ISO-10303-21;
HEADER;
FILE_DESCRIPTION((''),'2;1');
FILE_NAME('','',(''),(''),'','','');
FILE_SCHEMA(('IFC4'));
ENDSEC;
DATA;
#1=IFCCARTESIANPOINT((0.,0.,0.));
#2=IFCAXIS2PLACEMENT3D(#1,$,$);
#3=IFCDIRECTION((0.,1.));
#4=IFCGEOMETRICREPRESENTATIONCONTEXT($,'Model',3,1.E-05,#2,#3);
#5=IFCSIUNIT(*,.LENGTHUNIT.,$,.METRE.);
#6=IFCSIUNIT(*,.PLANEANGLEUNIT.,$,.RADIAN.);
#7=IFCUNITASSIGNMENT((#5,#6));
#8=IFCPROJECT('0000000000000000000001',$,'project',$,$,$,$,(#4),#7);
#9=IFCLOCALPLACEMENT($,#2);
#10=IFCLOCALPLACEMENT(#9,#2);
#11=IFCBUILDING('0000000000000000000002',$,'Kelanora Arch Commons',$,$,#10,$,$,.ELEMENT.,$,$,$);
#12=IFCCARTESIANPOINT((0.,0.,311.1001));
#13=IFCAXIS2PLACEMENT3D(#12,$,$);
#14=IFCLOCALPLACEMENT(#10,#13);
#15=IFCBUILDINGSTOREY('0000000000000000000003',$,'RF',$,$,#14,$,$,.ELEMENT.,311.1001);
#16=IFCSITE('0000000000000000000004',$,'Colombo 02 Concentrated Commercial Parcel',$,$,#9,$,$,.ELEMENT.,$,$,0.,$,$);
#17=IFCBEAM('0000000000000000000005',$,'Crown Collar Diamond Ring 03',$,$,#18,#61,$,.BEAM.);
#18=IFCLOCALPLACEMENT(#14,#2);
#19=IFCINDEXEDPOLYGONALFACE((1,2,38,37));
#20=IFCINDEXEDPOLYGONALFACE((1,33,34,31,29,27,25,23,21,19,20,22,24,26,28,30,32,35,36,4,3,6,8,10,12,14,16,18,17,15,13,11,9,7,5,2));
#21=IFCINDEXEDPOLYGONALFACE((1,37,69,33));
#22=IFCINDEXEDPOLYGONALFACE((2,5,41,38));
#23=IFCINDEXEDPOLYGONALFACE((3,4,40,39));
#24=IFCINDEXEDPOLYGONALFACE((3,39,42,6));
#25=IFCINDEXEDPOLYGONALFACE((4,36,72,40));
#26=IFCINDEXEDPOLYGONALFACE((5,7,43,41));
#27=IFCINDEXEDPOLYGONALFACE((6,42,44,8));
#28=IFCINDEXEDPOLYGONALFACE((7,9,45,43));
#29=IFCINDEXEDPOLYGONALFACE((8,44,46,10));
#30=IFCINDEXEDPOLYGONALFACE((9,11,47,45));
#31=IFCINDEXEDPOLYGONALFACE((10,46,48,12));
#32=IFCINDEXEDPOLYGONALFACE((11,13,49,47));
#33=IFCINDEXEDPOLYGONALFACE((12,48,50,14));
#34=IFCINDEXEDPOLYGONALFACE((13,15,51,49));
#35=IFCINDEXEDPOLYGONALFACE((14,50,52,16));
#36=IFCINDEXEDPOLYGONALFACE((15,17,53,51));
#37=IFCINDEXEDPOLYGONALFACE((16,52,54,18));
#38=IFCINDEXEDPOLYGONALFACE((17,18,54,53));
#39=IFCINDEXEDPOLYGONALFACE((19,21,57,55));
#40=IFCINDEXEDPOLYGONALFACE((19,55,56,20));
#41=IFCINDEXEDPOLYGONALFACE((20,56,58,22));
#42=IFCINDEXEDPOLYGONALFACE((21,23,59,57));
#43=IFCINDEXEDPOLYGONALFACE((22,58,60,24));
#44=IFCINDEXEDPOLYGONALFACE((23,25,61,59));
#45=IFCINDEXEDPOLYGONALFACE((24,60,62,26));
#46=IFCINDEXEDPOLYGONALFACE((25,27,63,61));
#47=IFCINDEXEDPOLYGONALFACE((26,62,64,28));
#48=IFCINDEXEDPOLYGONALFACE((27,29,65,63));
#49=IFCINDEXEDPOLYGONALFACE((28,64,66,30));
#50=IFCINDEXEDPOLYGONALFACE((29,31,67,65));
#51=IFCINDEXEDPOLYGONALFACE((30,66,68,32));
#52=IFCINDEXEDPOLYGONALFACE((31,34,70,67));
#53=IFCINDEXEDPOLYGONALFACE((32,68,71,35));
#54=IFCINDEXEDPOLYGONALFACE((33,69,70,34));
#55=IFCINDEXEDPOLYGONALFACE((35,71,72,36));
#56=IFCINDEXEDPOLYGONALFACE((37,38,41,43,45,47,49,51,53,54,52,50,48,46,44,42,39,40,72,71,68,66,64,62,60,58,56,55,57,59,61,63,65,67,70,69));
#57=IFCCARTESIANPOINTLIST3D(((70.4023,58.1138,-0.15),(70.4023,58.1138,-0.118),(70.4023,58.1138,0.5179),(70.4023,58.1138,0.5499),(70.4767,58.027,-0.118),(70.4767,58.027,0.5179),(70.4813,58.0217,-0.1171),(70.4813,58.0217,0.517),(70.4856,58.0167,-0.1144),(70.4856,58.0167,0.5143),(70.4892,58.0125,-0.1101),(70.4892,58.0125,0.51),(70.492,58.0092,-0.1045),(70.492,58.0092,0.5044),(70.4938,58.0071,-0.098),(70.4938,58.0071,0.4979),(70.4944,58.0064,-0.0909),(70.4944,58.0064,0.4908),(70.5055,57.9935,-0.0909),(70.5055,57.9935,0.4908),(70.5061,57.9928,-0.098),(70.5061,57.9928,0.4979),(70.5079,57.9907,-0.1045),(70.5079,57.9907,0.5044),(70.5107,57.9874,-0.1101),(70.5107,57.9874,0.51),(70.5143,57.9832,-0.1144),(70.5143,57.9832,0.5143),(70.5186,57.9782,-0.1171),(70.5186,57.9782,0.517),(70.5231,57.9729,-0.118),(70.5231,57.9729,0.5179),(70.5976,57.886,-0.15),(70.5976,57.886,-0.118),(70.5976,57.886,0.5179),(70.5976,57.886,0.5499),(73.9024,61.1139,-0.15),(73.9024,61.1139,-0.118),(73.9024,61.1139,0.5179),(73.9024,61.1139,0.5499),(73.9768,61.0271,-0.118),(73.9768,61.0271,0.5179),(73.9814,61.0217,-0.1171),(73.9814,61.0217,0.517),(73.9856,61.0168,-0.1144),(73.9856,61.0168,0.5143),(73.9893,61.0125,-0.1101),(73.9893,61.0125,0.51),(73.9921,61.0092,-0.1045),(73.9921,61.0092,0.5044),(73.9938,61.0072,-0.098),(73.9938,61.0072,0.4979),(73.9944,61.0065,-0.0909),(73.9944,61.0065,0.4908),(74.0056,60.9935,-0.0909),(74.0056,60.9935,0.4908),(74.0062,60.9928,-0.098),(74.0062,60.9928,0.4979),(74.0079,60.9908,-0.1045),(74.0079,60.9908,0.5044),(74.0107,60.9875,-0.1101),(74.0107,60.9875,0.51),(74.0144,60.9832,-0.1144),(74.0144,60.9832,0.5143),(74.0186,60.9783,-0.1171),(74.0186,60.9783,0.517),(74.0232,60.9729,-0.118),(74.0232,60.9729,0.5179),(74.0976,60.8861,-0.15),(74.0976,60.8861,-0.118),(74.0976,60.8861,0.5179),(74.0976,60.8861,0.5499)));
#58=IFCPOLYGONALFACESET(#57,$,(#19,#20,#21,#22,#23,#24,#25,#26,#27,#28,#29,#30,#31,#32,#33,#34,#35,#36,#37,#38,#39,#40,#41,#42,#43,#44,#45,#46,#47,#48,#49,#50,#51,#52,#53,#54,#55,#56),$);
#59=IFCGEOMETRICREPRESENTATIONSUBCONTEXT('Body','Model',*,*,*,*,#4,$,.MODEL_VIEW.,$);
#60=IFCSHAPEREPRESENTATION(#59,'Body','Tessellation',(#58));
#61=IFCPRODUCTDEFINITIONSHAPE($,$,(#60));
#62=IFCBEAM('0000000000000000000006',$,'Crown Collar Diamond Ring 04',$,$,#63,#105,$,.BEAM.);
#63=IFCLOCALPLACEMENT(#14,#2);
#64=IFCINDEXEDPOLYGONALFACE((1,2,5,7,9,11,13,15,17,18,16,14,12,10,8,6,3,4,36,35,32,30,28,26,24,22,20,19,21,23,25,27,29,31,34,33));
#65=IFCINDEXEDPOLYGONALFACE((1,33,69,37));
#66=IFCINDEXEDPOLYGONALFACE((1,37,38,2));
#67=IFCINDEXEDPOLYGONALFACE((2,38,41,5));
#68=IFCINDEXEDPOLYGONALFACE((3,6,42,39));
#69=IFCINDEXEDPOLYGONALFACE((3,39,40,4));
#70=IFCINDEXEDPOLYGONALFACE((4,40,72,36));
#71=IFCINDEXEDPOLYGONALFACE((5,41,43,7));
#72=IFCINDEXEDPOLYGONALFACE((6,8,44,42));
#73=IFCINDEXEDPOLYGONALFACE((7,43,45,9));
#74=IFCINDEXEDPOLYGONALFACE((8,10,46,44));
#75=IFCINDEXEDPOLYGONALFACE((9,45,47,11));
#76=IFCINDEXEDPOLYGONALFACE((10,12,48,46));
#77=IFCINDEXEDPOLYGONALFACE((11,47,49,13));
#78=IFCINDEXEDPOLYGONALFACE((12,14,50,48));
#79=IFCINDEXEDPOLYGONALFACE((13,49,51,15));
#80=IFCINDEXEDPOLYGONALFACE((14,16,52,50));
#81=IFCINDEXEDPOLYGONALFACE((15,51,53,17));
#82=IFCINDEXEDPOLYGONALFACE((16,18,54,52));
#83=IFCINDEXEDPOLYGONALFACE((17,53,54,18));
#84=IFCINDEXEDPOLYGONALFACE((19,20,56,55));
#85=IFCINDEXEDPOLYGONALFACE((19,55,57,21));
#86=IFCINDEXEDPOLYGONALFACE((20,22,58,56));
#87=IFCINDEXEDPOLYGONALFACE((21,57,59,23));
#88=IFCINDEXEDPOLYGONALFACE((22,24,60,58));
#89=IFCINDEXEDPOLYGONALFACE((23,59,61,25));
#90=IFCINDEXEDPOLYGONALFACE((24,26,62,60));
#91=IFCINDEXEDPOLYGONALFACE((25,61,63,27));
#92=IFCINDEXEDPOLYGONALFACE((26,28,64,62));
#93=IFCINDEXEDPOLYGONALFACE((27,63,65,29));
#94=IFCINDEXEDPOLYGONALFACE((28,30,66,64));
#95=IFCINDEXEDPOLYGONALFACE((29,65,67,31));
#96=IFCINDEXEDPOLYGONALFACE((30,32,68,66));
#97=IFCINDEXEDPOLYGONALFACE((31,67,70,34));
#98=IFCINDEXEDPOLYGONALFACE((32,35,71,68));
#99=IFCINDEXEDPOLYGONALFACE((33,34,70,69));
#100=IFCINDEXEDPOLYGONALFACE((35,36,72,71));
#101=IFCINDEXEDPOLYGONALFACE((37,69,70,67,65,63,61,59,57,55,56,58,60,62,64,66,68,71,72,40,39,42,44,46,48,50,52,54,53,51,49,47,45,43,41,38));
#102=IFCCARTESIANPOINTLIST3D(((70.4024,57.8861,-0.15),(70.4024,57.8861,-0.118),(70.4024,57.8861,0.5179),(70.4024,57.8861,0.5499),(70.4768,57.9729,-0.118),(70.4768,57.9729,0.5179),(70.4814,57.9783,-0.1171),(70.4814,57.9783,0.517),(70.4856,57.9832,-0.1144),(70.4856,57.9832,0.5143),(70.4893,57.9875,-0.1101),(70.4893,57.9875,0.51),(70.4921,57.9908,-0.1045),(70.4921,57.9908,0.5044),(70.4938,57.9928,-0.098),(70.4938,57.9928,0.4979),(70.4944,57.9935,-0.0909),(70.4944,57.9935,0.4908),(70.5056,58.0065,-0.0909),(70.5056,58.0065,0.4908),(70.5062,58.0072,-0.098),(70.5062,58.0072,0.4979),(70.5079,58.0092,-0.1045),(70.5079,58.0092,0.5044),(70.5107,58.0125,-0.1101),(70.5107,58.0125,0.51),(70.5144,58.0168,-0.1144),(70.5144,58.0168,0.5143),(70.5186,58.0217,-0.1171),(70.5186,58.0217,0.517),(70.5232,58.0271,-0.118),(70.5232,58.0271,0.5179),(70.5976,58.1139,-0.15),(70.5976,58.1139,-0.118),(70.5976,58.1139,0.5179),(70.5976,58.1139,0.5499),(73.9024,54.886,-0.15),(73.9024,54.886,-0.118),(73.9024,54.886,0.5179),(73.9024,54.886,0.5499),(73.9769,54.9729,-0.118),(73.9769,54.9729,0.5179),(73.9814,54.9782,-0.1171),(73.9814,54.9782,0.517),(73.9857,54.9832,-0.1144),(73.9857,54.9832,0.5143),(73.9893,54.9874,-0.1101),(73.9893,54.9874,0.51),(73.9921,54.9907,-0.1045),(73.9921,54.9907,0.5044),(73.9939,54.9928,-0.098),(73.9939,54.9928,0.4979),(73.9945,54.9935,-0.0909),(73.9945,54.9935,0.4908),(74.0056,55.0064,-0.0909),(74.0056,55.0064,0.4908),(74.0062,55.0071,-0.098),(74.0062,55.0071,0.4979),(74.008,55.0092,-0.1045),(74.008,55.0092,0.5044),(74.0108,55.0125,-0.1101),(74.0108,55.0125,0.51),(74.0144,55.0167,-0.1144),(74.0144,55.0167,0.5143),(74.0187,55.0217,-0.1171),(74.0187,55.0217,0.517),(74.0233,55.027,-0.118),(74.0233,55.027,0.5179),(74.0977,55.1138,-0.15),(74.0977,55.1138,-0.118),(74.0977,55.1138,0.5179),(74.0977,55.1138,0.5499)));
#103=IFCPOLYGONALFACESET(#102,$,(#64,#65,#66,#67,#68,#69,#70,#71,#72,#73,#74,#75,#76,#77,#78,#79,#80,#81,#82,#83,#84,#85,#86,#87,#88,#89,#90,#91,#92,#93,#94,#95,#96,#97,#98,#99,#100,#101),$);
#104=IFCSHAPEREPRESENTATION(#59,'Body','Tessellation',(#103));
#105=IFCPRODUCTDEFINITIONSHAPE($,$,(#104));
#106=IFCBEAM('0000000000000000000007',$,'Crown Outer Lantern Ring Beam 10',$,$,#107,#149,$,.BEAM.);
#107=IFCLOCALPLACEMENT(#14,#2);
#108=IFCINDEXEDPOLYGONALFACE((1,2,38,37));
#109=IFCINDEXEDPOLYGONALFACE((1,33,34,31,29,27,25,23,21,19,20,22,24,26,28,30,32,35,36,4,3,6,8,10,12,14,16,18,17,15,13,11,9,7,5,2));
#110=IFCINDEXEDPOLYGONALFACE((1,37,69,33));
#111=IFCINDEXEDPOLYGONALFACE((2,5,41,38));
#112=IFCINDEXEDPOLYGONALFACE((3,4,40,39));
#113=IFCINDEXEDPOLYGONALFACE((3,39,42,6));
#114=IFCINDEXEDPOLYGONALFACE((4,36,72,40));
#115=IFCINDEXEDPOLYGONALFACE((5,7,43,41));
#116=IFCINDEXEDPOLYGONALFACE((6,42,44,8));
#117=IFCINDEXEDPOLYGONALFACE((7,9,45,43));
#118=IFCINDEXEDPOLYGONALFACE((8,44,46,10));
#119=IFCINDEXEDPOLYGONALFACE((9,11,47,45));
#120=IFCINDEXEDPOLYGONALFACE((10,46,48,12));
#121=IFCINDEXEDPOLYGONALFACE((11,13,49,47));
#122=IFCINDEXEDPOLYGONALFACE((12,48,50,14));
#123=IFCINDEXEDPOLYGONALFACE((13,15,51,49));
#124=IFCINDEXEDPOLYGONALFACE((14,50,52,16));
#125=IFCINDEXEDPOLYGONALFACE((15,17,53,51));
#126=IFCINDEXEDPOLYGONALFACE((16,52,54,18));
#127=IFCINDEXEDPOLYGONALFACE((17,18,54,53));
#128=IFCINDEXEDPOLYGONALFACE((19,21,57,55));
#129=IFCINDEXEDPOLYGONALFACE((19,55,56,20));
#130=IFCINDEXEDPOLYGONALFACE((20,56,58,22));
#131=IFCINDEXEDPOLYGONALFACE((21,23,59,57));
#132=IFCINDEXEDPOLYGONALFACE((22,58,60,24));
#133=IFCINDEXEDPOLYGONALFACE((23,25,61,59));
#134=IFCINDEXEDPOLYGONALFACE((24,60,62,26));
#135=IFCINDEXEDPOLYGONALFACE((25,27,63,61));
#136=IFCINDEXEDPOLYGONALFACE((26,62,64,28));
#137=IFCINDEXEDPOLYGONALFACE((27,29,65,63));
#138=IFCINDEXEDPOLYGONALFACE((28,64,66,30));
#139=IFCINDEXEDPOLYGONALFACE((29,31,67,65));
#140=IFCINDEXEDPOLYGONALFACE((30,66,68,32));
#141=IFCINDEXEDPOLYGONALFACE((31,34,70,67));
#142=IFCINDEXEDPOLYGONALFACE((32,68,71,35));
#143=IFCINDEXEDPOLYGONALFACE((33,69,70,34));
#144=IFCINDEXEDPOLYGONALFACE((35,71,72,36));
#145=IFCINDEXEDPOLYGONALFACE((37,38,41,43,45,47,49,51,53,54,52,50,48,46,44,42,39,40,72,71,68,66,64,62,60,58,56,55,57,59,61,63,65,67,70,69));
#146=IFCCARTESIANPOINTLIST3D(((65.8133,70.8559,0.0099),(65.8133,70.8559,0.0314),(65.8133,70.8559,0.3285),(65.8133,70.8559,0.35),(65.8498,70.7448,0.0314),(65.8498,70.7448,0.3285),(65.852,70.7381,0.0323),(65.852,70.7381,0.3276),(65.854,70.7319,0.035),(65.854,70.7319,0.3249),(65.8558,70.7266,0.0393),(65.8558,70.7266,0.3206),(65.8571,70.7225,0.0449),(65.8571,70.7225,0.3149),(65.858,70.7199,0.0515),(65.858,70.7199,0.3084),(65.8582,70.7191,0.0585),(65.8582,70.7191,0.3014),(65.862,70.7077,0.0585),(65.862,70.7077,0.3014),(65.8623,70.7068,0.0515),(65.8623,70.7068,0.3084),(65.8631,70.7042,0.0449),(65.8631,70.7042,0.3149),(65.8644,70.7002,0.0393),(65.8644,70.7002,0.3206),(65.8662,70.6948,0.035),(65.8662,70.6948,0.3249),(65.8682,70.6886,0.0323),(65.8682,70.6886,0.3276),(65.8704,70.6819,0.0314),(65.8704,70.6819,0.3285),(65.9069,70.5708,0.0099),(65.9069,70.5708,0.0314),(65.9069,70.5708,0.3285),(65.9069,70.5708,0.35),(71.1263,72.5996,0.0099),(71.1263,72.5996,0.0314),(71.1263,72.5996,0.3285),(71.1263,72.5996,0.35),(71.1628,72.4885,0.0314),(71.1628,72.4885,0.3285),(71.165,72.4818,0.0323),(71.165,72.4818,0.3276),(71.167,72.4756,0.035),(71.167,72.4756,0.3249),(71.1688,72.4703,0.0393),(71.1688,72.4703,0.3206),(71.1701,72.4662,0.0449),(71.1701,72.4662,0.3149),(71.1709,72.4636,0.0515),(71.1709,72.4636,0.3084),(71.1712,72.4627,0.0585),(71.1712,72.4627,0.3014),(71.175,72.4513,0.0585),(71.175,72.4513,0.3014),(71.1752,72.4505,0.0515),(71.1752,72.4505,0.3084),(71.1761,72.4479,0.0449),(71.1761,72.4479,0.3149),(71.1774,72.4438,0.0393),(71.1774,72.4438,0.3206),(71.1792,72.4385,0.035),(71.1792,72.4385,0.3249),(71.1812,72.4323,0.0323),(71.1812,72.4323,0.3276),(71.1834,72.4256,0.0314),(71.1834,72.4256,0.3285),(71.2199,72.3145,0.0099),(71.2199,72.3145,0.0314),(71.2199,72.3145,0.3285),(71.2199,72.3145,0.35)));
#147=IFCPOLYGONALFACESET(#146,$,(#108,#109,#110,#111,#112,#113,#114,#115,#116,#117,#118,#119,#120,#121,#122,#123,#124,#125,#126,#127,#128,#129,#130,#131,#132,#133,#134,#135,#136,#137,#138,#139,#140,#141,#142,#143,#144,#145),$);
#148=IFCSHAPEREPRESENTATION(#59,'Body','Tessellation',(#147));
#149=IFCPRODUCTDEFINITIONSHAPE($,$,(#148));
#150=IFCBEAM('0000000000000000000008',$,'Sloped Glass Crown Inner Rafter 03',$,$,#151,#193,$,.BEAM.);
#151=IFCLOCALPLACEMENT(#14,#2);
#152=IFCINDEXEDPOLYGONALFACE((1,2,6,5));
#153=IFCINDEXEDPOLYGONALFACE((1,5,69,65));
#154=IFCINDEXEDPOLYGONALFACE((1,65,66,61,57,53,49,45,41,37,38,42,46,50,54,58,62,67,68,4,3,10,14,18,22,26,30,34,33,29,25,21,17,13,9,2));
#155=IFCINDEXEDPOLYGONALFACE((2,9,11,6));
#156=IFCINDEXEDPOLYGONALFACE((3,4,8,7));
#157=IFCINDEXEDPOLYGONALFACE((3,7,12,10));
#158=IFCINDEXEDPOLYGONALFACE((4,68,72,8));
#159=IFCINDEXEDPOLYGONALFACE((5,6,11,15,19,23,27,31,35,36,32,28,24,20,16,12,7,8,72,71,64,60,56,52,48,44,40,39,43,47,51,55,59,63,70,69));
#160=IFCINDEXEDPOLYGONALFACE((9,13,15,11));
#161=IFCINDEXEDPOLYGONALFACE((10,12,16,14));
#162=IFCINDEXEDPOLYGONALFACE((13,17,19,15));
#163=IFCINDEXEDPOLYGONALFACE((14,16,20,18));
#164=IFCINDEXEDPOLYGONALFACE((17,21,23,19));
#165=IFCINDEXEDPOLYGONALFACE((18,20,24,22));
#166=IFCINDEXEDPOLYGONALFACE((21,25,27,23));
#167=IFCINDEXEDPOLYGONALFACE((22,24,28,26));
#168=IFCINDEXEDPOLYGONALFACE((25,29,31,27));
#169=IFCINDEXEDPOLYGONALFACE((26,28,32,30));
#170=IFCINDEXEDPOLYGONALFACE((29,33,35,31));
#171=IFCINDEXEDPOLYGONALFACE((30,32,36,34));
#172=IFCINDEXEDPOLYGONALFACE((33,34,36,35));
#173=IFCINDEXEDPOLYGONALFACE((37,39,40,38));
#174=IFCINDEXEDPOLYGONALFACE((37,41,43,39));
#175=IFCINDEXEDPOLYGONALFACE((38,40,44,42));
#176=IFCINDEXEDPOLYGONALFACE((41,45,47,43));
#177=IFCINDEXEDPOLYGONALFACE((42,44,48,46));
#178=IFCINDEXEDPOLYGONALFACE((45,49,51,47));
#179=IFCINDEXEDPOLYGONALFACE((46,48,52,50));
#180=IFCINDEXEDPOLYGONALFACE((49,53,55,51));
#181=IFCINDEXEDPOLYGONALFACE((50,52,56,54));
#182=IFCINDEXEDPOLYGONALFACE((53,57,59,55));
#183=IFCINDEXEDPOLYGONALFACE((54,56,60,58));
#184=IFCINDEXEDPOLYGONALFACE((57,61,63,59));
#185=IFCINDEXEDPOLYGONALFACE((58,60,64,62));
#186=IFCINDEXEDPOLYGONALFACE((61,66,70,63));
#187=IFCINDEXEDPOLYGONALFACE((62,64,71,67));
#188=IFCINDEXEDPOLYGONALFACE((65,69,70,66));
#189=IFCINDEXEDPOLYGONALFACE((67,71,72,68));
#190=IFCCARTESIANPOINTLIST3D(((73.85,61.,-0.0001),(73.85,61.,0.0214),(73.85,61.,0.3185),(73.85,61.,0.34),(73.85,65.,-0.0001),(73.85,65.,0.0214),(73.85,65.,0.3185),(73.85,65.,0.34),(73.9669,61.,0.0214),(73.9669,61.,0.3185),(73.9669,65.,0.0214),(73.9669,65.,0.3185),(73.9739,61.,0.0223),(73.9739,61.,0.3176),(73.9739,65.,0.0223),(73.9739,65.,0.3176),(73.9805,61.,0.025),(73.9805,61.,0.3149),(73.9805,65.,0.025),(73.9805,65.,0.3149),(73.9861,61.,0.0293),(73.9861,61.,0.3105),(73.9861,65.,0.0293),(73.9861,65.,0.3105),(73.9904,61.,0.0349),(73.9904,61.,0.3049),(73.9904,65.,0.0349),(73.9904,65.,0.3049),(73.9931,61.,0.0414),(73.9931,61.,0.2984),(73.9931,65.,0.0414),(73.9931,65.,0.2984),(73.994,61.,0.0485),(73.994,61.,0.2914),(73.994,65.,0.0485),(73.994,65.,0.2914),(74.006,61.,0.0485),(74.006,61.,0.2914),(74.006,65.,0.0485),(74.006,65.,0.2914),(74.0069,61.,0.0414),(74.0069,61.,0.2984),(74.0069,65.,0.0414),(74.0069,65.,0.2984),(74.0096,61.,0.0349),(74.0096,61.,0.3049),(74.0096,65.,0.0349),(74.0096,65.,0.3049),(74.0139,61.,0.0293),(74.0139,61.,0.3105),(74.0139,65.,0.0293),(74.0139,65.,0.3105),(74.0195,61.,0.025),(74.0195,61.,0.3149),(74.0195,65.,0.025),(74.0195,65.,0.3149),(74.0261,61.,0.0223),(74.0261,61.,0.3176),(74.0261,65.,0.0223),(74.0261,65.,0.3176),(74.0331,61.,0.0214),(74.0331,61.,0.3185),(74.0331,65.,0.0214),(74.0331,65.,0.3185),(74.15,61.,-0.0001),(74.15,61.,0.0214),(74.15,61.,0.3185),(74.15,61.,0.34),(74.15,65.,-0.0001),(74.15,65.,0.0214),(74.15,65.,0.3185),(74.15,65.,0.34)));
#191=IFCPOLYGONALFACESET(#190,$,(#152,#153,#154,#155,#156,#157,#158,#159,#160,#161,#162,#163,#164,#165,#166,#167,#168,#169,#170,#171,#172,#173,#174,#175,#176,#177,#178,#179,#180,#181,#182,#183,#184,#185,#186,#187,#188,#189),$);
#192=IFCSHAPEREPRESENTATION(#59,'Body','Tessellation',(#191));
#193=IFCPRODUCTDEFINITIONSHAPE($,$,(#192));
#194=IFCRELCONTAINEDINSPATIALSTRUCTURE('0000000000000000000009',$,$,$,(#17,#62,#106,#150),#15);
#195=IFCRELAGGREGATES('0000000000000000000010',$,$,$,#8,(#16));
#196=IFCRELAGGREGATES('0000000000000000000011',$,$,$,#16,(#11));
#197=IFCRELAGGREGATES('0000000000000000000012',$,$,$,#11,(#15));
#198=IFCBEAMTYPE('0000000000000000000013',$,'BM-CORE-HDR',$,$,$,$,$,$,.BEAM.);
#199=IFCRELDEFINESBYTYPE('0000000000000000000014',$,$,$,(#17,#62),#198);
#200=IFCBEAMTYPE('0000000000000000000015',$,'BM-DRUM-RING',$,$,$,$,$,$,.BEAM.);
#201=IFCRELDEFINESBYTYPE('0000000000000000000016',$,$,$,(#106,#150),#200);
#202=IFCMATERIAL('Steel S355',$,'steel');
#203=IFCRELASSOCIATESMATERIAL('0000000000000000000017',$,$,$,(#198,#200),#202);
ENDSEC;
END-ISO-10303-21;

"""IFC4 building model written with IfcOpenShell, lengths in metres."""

from ifc_helpers import new_model, si_unit, direction, frame, origin, origin_2d, place, context, subcontext, project, spatial, i_section, extrude, material, material_profile, profile_set, type_object, element, save


model = new_model("IFC4")

# Units and contexts
model_context = context("Model", 3, precision=1e-05, world=origin(), true_north=direction((0.0, 1.0)))
body_context = subcontext(model_context, "Body", "Model", "MODEL_VIEW")
ifc_project = project(units=[si_unit("LENGTHUNIT", "METRE"), si_unit("PLANEANGLEUNIT", "RADIAN")], contexts=[model_context])

# Site, building, storey
site_placement = place(None, origin())
site = spatial("IfcSite", under=ifc_project, at=site_placement, Name="Colombo 02 Concentrated Commercial Parcel", CompositionType="ELEMENT", RefElevation=0.0)
building_placement = place(site_placement, origin())
building = spatial("IfcBuilding", under=site, at=building_placement, Name="Kelanora Arch Commons", CompositionType="ELEMENT")
storey_placement = place(building_placement, frame((0.0, 0.0, 311.1001)))
storey = spatial("IfcBuildingStorey", under=building, at=storey_placement, Name="RF", CompositionType="ELEMENT", Elevation=311.1001)

# Beams
ifc_material_1 = material(Name="Steel S355", Category="steel")
ifc_material_profile_1 = material_profile(ifc_material_1, i_section(OverallWidth=0.3, OverallDepth=0.7, WebThickness=0.0171, FlangeThickness=0.032, FilletRadius=0.0271, at=origin_2d()), Name="HEB700")
ifc_profile_set_1 = profile_set([ifc_material_profile_1], Name="Steel S355")
beam_type_1 = type_object("IfcBeamType", Name="BM-CORE-HDR", PredefinedType="BEAM", material=ifc_profile_set_1)
for number, where, z_axis, x_axis, name in (
    (1, (74.0, 61.0, 0.2), (-0.759257, -0.650791, 0.0), (0.650791, -0.759257, 0.0), "Crown Collar Diamond Ring 03"),
    (2, (70.5, 58.0, 0.2), (0.759257, -0.650791, 0.0), (0.650791, 0.759257, 0.0), "Crown Collar Diamond Ring 04"),
):
    element("IfcBeam", number, at=place(storey_placement, frame(where, z_axis=z_axis, x_axis=x_axis)), inside=storey, type_object=beam_type_1, Name=name, PredefinedType="BEAM", context=body_context, shape_type="SweptSolid", body=[
        extrude(i_section(OverallWidth=0.3, OverallDepth=0.7, WebThickness=0.0171, FlangeThickness=0.032, FilletRadius=0.0271, at=origin_2d()), origin(), (0.0, 0.0, 1.0), 4.6099),
    ])
ifc_material_profile_2 = material_profile(ifc_material_1, i_section(OverallWidth=0.3, OverallDepth=0.3401, WebThickness=0.012, FlangeThickness=0.0215, FilletRadius=0.0271, at=origin_2d()), Name="HEB340")
ifc_profile_set_2 = profile_set([ifc_material_profile_2], Name="Steel S355")
beam_type_2 = type_object("IfcBeamType", Name="BM-DRUM-RING", PredefinedType="BEAM", material=ifc_profile_set_2)
beam_1_placement = place(storey_placement, frame((71.1731, 72.457, 0.1799), z_axis=(-0.95014, -0.311823, 0.0), x_axis=(0.311823, -0.95014, 0.0)))
element("IfcBeam", 3, at=beam_1_placement, inside=storey, type_object=beam_type_2, Name="Crown Outer Lantern Ring Beam 10", PredefinedType="BEAM", context=body_context, shape_type="SweptSolid", body=[
    extrude(i_section(OverallWidth=0.3, OverallDepth=0.3401, WebThickness=0.012, FlangeThickness=0.0215, FilletRadius=0.0271, at=origin_2d()), origin(), (0.0, 0.0, 1.0), 5.5918),
])
beam_2_placement = place(storey_placement, frame((74.0, 65.0, 0.1699), z_axis=(0.0, -1.0, 0.0), x_axis=(1.0, 0.0, 0.0)))
element("IfcBeam", 4, at=beam_2_placement, inside=storey, type_object=beam_type_2, Name="Sloped Glass Crown Inner Rafter 03", PredefinedType="BEAM", context=body_context, shape_type="SweptSolid", body=[
    extrude(i_section(OverallWidth=0.3, OverallDepth=0.3401, WebThickness=0.012, FlangeThickness=0.0215, FilletRadius=0.0271, at=origin_2d()), origin(), (0.0, 0.0, 1.0), 4.0),
])

save(model, "model.ifc")
